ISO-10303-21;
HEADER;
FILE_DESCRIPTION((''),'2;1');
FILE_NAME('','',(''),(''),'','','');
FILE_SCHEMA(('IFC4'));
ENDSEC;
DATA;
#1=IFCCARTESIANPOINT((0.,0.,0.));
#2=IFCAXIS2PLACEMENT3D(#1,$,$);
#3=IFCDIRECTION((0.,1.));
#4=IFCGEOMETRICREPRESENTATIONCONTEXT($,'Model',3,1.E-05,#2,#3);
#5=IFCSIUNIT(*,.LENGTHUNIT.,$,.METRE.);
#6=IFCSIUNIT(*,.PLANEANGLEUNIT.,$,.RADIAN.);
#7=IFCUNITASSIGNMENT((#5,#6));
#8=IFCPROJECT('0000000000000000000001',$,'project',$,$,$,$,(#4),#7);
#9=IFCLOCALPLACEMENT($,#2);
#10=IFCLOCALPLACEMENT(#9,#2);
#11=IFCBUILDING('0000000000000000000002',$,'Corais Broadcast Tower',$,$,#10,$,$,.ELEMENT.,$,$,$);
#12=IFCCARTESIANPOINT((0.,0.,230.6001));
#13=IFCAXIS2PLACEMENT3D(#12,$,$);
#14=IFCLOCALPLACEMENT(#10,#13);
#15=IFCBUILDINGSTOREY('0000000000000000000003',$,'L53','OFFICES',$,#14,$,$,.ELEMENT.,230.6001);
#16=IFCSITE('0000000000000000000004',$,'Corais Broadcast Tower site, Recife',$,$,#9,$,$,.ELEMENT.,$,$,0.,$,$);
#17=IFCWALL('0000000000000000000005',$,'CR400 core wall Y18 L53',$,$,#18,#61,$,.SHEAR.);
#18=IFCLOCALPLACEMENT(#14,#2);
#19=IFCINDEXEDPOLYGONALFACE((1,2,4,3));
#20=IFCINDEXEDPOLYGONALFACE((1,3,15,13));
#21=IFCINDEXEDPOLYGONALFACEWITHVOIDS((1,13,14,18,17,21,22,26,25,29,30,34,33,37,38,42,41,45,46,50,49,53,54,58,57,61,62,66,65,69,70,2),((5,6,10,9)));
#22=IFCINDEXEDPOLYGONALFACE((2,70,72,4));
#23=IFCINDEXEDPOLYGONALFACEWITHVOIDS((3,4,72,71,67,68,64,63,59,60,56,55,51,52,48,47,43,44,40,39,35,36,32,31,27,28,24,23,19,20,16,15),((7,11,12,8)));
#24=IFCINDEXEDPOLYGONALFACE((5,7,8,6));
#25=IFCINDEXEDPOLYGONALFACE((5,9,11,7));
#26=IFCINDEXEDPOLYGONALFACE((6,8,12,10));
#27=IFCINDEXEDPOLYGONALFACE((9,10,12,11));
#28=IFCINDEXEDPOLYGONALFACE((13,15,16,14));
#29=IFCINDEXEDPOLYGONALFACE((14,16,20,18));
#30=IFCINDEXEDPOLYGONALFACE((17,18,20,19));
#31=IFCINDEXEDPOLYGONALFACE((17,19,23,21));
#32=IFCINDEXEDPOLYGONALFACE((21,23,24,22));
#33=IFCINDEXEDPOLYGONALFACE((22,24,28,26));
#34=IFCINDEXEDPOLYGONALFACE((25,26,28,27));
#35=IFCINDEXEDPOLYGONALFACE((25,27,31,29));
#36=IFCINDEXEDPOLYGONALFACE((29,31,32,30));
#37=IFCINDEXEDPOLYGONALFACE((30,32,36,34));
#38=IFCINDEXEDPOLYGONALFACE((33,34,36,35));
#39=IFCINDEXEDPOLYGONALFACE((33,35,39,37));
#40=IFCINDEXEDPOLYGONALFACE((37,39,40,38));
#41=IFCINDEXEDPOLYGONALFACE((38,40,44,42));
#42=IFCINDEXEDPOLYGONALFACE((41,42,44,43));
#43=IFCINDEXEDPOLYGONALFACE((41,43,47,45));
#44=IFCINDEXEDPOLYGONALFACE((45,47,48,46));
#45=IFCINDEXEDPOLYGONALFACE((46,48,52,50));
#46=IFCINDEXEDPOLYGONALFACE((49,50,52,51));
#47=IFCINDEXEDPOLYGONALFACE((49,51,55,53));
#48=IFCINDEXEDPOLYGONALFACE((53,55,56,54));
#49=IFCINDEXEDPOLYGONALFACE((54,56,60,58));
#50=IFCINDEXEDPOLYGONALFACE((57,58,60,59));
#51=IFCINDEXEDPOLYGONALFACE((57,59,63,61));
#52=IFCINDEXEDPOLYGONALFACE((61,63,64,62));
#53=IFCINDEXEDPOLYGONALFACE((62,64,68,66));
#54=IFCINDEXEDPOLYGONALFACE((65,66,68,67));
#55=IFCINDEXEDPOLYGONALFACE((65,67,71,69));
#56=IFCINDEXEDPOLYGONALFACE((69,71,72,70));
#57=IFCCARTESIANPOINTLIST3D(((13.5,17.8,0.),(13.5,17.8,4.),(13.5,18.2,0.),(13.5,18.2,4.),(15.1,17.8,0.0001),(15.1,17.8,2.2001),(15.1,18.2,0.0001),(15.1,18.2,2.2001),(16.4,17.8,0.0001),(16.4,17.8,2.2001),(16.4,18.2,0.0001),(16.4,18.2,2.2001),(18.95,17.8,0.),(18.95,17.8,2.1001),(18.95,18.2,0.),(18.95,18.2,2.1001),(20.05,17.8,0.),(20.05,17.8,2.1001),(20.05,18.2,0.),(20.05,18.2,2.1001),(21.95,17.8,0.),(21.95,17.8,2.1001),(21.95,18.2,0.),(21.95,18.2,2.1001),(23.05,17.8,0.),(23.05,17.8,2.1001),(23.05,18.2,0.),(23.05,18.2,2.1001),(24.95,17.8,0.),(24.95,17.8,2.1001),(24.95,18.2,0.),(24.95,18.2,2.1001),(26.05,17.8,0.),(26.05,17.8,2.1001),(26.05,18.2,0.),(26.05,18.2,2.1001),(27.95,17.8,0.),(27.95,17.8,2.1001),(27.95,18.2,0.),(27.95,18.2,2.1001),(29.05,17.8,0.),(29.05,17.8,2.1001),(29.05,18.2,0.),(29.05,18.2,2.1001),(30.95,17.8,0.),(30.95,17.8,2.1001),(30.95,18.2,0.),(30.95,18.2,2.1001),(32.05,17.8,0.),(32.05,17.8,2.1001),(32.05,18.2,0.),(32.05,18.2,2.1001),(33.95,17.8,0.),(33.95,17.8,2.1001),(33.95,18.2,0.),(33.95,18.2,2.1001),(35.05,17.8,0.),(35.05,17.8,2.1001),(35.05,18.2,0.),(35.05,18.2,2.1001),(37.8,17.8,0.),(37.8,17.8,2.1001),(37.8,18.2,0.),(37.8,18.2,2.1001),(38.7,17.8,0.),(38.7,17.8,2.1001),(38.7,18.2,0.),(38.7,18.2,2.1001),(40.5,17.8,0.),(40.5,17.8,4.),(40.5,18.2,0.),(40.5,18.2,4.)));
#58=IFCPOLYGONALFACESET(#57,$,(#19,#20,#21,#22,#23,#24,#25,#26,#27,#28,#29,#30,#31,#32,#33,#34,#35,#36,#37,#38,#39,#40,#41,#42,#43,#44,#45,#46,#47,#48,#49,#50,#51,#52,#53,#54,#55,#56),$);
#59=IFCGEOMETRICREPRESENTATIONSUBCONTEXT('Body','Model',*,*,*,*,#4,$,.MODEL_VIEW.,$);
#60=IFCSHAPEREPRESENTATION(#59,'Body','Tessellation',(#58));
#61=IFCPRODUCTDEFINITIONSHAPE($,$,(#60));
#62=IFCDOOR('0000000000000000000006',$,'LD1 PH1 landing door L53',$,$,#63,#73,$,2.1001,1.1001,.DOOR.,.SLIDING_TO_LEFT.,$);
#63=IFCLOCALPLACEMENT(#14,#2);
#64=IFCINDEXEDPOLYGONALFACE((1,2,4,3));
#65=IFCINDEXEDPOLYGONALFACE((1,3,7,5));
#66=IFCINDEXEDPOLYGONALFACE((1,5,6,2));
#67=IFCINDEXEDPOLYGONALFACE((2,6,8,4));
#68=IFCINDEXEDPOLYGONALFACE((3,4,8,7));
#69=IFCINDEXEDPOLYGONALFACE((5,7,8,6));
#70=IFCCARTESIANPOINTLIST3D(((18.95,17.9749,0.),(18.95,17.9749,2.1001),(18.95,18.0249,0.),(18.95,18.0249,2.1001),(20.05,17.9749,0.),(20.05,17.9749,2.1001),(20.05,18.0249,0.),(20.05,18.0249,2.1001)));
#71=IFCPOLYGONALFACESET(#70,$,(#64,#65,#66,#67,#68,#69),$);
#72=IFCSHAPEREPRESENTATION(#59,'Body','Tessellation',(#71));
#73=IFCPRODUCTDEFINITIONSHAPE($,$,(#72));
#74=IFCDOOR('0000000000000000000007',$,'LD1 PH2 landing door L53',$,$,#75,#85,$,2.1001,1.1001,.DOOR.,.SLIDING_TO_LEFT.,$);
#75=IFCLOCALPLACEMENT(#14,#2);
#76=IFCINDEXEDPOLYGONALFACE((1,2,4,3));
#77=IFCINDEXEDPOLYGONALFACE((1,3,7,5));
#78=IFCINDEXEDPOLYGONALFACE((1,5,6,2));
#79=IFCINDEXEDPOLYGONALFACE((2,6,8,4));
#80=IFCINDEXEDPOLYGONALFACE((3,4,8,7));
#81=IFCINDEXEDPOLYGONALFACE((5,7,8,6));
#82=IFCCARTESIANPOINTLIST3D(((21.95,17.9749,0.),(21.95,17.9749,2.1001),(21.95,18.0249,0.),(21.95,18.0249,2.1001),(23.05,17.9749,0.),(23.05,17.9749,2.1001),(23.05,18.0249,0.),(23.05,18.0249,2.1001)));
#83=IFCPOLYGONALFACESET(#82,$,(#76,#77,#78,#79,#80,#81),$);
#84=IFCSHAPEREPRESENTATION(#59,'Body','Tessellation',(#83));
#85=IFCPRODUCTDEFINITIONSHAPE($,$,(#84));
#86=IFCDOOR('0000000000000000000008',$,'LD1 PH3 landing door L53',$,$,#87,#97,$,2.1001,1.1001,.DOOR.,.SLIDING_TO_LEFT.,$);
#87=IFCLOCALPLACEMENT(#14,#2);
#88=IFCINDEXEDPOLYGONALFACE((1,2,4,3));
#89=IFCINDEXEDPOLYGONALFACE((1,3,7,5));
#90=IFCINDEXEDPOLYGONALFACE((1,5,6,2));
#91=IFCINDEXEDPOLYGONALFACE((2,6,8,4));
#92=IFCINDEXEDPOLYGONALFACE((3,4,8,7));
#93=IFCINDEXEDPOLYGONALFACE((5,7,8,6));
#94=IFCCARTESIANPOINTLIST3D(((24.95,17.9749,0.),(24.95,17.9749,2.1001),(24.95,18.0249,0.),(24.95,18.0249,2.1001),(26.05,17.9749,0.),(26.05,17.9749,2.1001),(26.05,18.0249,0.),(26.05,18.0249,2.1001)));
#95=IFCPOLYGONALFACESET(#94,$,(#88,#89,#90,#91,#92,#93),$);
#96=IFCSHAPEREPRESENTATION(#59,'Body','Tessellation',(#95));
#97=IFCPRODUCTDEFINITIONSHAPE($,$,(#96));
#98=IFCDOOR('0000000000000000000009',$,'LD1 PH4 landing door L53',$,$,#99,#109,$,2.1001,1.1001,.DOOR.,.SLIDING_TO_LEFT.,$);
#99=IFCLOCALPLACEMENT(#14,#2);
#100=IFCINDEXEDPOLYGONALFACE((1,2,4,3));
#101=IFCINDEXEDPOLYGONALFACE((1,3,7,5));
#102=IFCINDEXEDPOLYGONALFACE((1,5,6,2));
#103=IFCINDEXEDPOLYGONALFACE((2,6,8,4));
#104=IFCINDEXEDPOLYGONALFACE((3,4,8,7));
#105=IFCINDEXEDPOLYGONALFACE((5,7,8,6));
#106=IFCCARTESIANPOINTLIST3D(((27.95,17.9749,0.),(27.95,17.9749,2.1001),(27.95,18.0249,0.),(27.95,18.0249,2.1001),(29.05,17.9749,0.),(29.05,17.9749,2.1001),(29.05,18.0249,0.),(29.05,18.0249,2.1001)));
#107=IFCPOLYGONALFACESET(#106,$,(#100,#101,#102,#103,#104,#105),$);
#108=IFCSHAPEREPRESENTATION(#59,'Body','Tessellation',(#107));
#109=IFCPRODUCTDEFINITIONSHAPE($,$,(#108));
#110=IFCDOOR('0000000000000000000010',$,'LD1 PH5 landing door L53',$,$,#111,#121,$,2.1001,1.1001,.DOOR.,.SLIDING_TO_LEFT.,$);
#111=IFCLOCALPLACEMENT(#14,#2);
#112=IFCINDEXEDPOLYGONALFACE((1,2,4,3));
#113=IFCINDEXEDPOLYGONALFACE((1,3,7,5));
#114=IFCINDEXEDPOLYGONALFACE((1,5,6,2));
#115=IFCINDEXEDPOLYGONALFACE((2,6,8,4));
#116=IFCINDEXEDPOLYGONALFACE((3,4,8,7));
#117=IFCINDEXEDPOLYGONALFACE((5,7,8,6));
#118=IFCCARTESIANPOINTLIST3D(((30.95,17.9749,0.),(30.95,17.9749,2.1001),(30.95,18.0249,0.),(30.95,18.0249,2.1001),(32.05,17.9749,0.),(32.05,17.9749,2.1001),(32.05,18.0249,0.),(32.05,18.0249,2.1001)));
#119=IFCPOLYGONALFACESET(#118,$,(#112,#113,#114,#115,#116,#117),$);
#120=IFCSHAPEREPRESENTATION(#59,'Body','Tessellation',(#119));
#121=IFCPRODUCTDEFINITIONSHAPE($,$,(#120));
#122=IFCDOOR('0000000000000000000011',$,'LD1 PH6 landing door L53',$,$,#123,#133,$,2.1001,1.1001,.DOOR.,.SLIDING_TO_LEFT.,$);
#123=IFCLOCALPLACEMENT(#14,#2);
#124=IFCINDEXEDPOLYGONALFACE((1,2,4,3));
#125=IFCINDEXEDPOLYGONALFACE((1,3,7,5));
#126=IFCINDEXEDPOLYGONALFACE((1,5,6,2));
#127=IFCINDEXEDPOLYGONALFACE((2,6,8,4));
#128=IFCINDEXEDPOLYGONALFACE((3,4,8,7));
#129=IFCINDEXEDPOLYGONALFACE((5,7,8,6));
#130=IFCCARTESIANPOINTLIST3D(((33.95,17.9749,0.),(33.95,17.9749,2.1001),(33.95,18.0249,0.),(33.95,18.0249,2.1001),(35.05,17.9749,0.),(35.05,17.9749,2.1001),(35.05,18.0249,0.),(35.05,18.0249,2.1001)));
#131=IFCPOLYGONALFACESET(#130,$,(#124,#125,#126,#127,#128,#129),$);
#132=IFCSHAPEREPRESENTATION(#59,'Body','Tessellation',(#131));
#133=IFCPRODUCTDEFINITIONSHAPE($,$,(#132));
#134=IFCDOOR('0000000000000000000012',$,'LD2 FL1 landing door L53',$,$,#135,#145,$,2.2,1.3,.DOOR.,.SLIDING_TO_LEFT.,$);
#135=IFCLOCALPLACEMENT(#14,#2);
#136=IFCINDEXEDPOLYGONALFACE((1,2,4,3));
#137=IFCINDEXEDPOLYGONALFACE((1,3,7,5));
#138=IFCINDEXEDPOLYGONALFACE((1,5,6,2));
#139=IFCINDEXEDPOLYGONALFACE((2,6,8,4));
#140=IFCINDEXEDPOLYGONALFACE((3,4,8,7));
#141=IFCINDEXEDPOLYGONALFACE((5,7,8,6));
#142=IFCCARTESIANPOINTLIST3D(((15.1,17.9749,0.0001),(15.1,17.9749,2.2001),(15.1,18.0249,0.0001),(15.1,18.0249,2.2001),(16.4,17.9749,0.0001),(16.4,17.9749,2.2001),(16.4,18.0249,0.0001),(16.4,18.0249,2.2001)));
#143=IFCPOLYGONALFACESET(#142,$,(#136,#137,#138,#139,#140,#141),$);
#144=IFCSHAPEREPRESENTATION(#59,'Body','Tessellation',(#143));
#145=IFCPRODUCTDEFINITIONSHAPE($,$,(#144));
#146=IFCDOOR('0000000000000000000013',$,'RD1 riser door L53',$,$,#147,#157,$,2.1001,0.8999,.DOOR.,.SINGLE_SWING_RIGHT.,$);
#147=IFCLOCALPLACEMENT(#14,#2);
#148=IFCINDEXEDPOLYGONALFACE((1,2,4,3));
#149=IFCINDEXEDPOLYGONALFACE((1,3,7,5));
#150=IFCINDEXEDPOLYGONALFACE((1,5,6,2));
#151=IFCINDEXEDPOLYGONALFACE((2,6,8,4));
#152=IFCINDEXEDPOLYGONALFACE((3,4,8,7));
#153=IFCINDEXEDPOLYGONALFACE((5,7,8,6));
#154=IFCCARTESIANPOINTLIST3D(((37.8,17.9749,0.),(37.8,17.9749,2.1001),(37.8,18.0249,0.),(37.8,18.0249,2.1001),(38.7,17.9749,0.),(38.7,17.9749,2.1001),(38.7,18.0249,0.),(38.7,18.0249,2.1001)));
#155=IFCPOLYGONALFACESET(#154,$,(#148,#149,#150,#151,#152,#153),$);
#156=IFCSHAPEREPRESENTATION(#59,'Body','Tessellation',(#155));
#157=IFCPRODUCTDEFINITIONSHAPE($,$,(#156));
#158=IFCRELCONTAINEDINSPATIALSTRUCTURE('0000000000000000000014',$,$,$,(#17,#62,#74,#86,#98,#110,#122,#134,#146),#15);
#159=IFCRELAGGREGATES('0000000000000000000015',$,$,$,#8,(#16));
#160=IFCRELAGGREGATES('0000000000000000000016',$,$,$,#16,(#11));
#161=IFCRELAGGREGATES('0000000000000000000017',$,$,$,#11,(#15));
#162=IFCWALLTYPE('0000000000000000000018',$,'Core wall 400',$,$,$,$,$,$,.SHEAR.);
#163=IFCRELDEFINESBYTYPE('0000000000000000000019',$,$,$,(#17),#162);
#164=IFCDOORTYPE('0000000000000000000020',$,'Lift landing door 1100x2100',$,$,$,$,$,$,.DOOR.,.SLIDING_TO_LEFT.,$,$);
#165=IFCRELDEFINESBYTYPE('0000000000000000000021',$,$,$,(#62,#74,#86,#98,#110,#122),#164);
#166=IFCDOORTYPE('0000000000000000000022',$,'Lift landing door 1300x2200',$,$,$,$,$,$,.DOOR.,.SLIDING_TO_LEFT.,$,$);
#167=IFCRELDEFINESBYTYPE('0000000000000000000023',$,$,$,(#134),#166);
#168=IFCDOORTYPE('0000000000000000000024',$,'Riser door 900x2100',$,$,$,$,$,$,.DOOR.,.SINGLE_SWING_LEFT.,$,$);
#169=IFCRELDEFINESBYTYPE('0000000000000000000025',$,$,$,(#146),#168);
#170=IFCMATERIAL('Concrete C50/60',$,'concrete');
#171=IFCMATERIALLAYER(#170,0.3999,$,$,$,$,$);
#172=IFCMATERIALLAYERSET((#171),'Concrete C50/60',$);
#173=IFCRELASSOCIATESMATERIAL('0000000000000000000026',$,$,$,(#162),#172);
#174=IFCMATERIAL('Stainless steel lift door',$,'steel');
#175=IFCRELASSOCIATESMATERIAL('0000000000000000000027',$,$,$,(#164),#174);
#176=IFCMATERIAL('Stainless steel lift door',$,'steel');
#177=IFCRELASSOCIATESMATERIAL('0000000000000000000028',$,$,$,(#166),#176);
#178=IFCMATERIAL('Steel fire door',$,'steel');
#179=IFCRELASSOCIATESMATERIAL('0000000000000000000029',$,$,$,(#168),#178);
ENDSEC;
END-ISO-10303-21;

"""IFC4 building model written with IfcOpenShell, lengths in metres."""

from ifc_helpers import new_model, si_unit, direction, frame, frame_2d, origin, place, context, subcontext, project, spatial, rectangle, extrude, material, layer, layer_set, type_object, element, fill, save


model = new_model("IFC4")

# Units and contexts
model_context = context("Model", 3, precision=1e-05, world=origin(), true_north=direction((0.0, 1.0)))
body_context = subcontext(model_context, "Body", "Model", "MODEL_VIEW")
ifc_project = project(units=[si_unit("LENGTHUNIT", "METRE"), si_unit("PLANEANGLEUNIT", "RADIAN")], contexts=[model_context])

# Site, building, storey
site_placement = place(None, origin())
site = spatial("IfcSite", under=ifc_project, at=site_placement, Name="Corais Broadcast Tower site, Recife", CompositionType="ELEMENT", RefElevation=0.0)
building_placement = place(site_placement, origin())
building = spatial("IfcBuilding", under=site, at=building_placement, Name="Corais Broadcast Tower", CompositionType="ELEMENT")
storey_placement = place(building_placement, frame((0.0, 0.0, 230.6001)))
storey = spatial("IfcBuildingStorey", under=building, at=storey_placement, Name="L53", Description="OFFICES", CompositionType="ELEMENT", Elevation=230.6001)

# Wall, openings, doors
ifc_material_1 = material(Name="Concrete C50/60", Category="concrete")
ifc_layer_1 = layer(ifc_material_1, 0.3999)
ifc_layer_set_1 = layer_set([ifc_layer_1], Name="Concrete C50/60")
wall_type_1 = type_object("IfcWallType", Name="Core wall 400", PredefinedType="SHEAR", material=ifc_layer_set_1)
wall_1_placement = place(storey_placement, frame((13.5, 18.0, 0.0), z_axis=(0.0, 0.0, 1.0), x_axis=(1.0, 0.0, 0.0)))
wall_1 = element("IfcWall", 1, at=wall_1_placement, inside=storey, type_object=wall_type_1, Name="CR400 core wall Y18 L53", PredefinedType="SHEAR", context=body_context, shape_type="SweptSolid", body=[
    extrude(rectangle(XDim=27.0, YDim=0.3999, at=frame_2d((13.5, 0.0))), origin(), (0.0, 0.0, 1.0), 4.0),
])
opening_1_placement = place(wall_1_placement, frame((24.3, 0.0, 0.0)))
opening_1 = element("IfcOpeningElement", 2, at=opening_1_placement, cuts=wall_1, PredefinedType="OPENING", context=body_context, shape_type="SweptSolid", body=[
    extrude(rectangle(XDim=0.8999, YDim=2.1001, at=frame_2d((0.45, 1.05))), frame((0.0, 0.21, 0.0), z_axis=(0.0, -1.0, 0.0), x_axis=(1.0, 0.0, 0.0)), (0.0, 0.0, 1.0), 0.4199),
])
opening_2_placement = place(wall_1_placement, frame((5.45, 0.0, 0.0)))
opening_2 = element("IfcOpeningElement", 3, at=opening_2_placement, cuts=wall_1, PredefinedType="OPENING", context=body_context, shape_type="SweptSolid", body=[
    extrude(rectangle(XDim=1.1001, YDim=2.1001, at=frame_2d((0.55, 1.05))), frame((0.0, 0.21, 0.0), z_axis=(0.0, -1.0, 0.0), x_axis=(1.0, 0.0, 0.0)), (0.0, 0.0, 1.0), 0.4199),
])
opening_3_placement = place(wall_1_placement, frame((8.45, 0.0, 0.0)))
opening_3 = element("IfcOpeningElement", 4, at=opening_3_placement, cuts=wall_1, PredefinedType="OPENING", context=body_context, shape_type="SweptSolid", body=[
    extrude(rectangle(XDim=1.1001, YDim=2.1001, at=frame_2d((0.55, 1.05))), frame((0.0, 0.21, 0.0), z_axis=(0.0, -1.0, 0.0), x_axis=(1.0, 0.0, 0.0)), (0.0, 0.0, 1.0), 0.4199),
])
opening_4_placement = place(wall_1_placement, frame((11.45, 0.0, 0.0)))
opening_4 = element("IfcOpeningElement", 5, at=opening_4_placement, cuts=wall_1, PredefinedType="OPENING", context=body_context, shape_type="SweptSolid", body=[
    extrude(rectangle(XDim=1.1001, YDim=2.1001, at=frame_2d((0.55, 1.05))), frame((0.0, 0.21, 0.0), z_axis=(0.0, -1.0, 0.0), x_axis=(1.0, 0.0, 0.0)), (0.0, 0.0, 1.0), 0.4199),
])
opening_5_placement = place(wall_1_placement, frame((14.45, 0.0, 0.0)))
opening_5 = element("IfcOpeningElement", 6, at=opening_5_placement, cuts=wall_1, PredefinedType="OPENING", context=body_context, shape_type="SweptSolid", body=[
    extrude(rectangle(XDim=1.1001, YDim=2.1001, at=frame_2d((0.55, 1.05))), frame((0.0, 0.21, 0.0), z_axis=(0.0, -1.0, 0.0), x_axis=(1.0, 0.0, 0.0)), (0.0, 0.0, 1.0), 0.4199),
])
opening_6_placement = place(wall_1_placement, frame((17.45, 0.0, 0.0)))
opening_6 = element("IfcOpeningElement", 7, at=opening_6_placement, cuts=wall_1, PredefinedType="OPENING", context=body_context, shape_type="SweptSolid", body=[
    extrude(rectangle(XDim=1.1001, YDim=2.1001, at=frame_2d((0.55, 1.05))), frame((0.0, 0.21, 0.0), z_axis=(0.0, -1.0, 0.0), x_axis=(1.0, 0.0, 0.0)), (0.0, 0.0, 1.0), 0.4199),
])
opening_7_placement = place(wall_1_placement, frame((20.45, 0.0, 0.0)))
opening_7 = element("IfcOpeningElement", 8, at=opening_7_placement, cuts=wall_1, PredefinedType="OPENING", context=body_context, shape_type="SweptSolid", body=[
    extrude(rectangle(XDim=1.1001, YDim=2.1001, at=frame_2d((0.55, 1.05))), frame((0.0, 0.21, 0.0), z_axis=(0.0, -1.0, 0.0), x_axis=(1.0, 0.0, 0.0)), (0.0, 0.0, 1.0), 0.4199),
])
opening_8_placement = place(wall_1_placement, frame((1.6001, 0.0, 0.0)))
opening_8 = element("IfcOpeningElement", 9, at=opening_8_placement, cuts=wall_1, PredefinedType="OPENING", context=body_context, shape_type="SweptSolid", body=[
    extrude(rectangle(XDim=1.3, YDim=2.2, at=frame_2d((0.6499, 1.1001))), frame((0.0, 0.21, 0.0), z_axis=(0.0, -1.0, 0.0), x_axis=(1.0, 0.0, 0.0)), (0.0, 0.0, 1.0), 0.4199),
])
ifc_material_2 = material(Name="Stainless steel lift door", Category="steel")
door_type_1 = type_object("IfcDoorType", Name="Lift landing door 1100x2100", OperationType="SLIDING_TO_LEFT", PredefinedType="DOOR", material=ifc_material_2)
door_1_placement = place(opening_2_placement, origin())
door_1 = element("IfcDoor", 10, at=door_1_placement, inside=storey, type_object=door_type_1, Name="LD1 PH1 landing door L53", OperationType="SLIDING_TO_LEFT", OverallHeight=2.1001, OverallWidth=1.1001, PredefinedType="DOOR", context=body_context, shape_type="SweptSolid", body=[
    extrude(rectangle(XDim=1.1001, YDim=2.1001, at=frame_2d((0.55, 1.05))), frame((0.0, 0.0249, 0.0), z_axis=(0.0, -1.0, 0.0), x_axis=(1.0, 0.0, 0.0)), (0.0, 0.0, 1.0), 0.05),
])
fill(opening_2, door_1)
door_2_placement = place(opening_3_placement, origin())
door_2 = element("IfcDoor", 11, at=door_2_placement, inside=storey, type_object=door_type_1, Name="LD1 PH2 landing door L53", OperationType="SLIDING_TO_LEFT", OverallHeight=2.1001, OverallWidth=1.1001, PredefinedType="DOOR", context=body_context, shape_type="SweptSolid", body=[
    extrude(rectangle(XDim=1.1001, YDim=2.1001, at=frame_2d((0.55, 1.05))), frame((0.0, 0.0249, 0.0), z_axis=(0.0, -1.0, 0.0), x_axis=(1.0, 0.0, 0.0)), (0.0, 0.0, 1.0), 0.05),
])
fill(opening_3, door_2)
door_3_placement = place(opening_4_placement, origin())
door_3 = element("IfcDoor", 12, at=door_3_placement, inside=storey, type_object=door_type_1, Name="LD1 PH3 landing door L53", OperationType="SLIDING_TO_LEFT", OverallHeight=2.1001, OverallWidth=1.1001, PredefinedType="DOOR", context=body_context, shape_type="SweptSolid", body=[
    extrude(rectangle(XDim=1.1001, YDim=2.1001, at=frame_2d((0.55, 1.05))), frame((0.0, 0.0249, 0.0), z_axis=(0.0, -1.0, 0.0), x_axis=(1.0, 0.0, 0.0)), (0.0, 0.0, 1.0), 0.05),
])
fill(opening_4, door_3)
door_4_placement = place(opening_5_placement, origin())
door_4 = element("IfcDoor", 13, at=door_4_placement, inside=storey, type_object=door_type_1, Name="LD1 PH4 landing door L53", OperationType="SLIDING_TO_LEFT", OverallHeight=2.1001, OverallWidth=1.1001, PredefinedType="DOOR", context=body_context, shape_type="SweptSolid", body=[
    extrude(rectangle(XDim=1.1001, YDim=2.1001, at=frame_2d((0.55, 1.05))), frame((0.0, 0.0249, 0.0), z_axis=(0.0, -1.0, 0.0), x_axis=(1.0, 0.0, 0.0)), (0.0, 0.0, 1.0), 0.05),
])
fill(opening_5, door_4)
door_5_placement = place(opening_6_placement, origin())
door_5 = element("IfcDoor", 14, at=door_5_placement, inside=storey, type_object=door_type_1, Name="LD1 PH5 landing door L53", OperationType="SLIDING_TO_LEFT", OverallHeight=2.1001, OverallWidth=1.1001, PredefinedType="DOOR", context=body_context, shape_type="SweptSolid", body=[
    extrude(rectangle(XDim=1.1001, YDim=2.1001, at=frame_2d((0.55, 1.05))), frame((0.0, 0.0249, 0.0), z_axis=(0.0, -1.0, 0.0), x_axis=(1.0, 0.0, 0.0)), (0.0, 0.0, 1.0), 0.05),
])
fill(opening_6, door_5)
door_6_placement = place(opening_7_placement, origin())
door_6 = element("IfcDoor", 15, at=door_6_placement, inside=storey, type_object=door_type_1, Name="LD1 PH6 landing door L53", OperationType="SLIDING_TO_LEFT", OverallHeight=2.1001, OverallWidth=1.1001, PredefinedType="DOOR", context=body_context, shape_type="SweptSolid", body=[
    extrude(rectangle(XDim=1.1001, YDim=2.1001, at=frame_2d((0.55, 1.05))), frame((0.0, 0.0249, 0.0), z_axis=(0.0, -1.0, 0.0), x_axis=(1.0, 0.0, 0.0)), (0.0, 0.0, 1.0), 0.05),
])
fill(opening_7, door_6)
ifc_material_3 = material(Name="Stainless steel lift door", Category="steel")
door_type_2 = type_object("IfcDoorType", Name="Lift landing door 1300x2200", OperationType="SLIDING_TO_LEFT", PredefinedType="DOOR", material=ifc_material_3)
door_7_placement = place(opening_8_placement, origin())
door_7 = element("IfcDoor", 16, at=door_7_placement, inside=storey, type_object=door_type_2, Name="LD2 FL1 landing door L53", OperationType="SLIDING_TO_LEFT", OverallHeight=2.2, OverallWidth=1.3, PredefinedType="DOOR", context=body_context, shape_type="SweptSolid", body=[
    extrude(rectangle(XDim=1.3, YDim=2.2, at=frame_2d((0.6499, 1.1001))), frame((0.0, 0.0249, 0.0), z_axis=(0.0, -1.0, 0.0), x_axis=(1.0, 0.0, 0.0)), (0.0, 0.0, 1.0), 0.05),
])
fill(opening_8, door_7)
ifc_material_4 = material(Name="Steel fire door", Category="steel")
door_type_3 = type_object("IfcDoorType", Name="Riser door 900x2100", OperationType="SINGLE_SWING_LEFT", PredefinedType="DOOR", material=ifc_material_4)
door_8_placement = place(opening_1_placement, origin())
door_8 = element("IfcDoor", 17, at=door_8_placement, inside=storey, type_object=door_type_3, Name="RD1 riser door L53", OperationType="SINGLE_SWING_RIGHT", OverallHeight=2.1001, OverallWidth=0.8999, PredefinedType="DOOR", context=body_context, shape_type="SweptSolid", body=[
    extrude(rectangle(XDim=0.8999, YDim=2.1001, at=frame_2d((0.45, 1.05))), frame((0.0, 0.0249, 0.0), z_axis=(0.0, -1.0, 0.0), x_axis=(1.0, 0.0, 0.0)), (0.0, 0.0, 1.0), 0.05),
])
fill(opening_1, door_8)

save(model, "model.ifc")
